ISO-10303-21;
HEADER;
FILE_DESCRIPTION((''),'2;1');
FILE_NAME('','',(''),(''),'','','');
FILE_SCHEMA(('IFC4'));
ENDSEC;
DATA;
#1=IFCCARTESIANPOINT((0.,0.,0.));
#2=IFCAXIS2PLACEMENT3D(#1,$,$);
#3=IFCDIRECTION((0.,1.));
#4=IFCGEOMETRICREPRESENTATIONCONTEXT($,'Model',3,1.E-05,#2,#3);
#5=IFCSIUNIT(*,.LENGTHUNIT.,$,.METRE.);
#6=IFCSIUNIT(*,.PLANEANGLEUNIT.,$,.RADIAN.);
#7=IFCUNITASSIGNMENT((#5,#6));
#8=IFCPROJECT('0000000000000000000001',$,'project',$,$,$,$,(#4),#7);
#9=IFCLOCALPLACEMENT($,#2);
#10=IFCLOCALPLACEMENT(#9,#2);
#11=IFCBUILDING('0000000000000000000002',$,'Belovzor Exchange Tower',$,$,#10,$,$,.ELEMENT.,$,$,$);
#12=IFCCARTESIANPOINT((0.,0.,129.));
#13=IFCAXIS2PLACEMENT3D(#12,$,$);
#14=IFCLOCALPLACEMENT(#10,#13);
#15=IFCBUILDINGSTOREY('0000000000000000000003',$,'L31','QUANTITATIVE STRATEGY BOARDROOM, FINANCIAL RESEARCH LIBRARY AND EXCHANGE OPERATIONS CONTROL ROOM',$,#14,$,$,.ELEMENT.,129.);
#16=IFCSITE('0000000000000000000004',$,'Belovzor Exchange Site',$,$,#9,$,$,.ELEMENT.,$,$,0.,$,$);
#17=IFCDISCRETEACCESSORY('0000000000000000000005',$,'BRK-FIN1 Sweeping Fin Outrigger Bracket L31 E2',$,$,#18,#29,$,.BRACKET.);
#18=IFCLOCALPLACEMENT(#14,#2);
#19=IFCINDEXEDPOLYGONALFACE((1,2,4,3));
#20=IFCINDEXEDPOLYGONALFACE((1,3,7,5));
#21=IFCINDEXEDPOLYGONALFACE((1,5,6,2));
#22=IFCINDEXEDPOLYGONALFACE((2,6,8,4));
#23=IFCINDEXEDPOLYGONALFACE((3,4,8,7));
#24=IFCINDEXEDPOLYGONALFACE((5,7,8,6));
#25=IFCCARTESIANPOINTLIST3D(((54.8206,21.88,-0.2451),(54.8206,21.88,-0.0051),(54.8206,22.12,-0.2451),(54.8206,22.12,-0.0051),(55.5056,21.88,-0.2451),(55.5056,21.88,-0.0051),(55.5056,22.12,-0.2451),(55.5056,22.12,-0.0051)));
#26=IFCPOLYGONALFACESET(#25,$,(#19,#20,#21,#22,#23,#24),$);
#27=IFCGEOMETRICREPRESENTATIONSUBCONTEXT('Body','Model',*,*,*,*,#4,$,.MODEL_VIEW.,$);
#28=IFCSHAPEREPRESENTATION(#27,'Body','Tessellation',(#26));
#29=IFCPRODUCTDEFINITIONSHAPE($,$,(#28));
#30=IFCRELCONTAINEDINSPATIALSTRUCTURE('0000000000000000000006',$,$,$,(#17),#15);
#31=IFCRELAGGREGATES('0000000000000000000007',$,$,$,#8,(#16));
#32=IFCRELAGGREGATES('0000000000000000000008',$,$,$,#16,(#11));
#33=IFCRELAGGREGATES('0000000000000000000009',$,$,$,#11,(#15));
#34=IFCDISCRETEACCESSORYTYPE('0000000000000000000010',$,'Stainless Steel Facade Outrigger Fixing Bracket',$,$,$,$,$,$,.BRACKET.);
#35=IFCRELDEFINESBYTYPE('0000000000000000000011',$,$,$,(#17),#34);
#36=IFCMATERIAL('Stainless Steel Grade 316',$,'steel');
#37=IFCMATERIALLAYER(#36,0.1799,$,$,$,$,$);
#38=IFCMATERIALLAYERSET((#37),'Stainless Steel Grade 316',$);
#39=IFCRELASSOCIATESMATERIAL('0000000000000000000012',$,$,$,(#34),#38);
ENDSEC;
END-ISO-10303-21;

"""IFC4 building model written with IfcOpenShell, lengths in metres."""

from ifc_helpers import new_model, si_unit, direction, frame, origin, origin_2d, place, context, subcontext, project, spatial, rectangle, extrude, material, layer, layer_set, type_object, element, save


model = new_model("IFC4")

# Units and contexts
model_context = context("Model", 3, precision=1e-05, world=origin(), true_north=direction((0.0, 1.0)))
body_context = subcontext(model_context, "Body", "Model", "MODEL_VIEW")
ifc_project = project(units=[si_unit("LENGTHUNIT", "METRE"), si_unit("PLANEANGLEUNIT", "RADIAN")], contexts=[model_context])

# Site, building, storey
site_placement = place(None, origin())
site = spatial("IfcSite", under=ifc_project, at=site_placement, Name="Belovzor Exchange Site", CompositionType="ELEMENT", RefElevation=0.0)
building_placement = place(site_placement, origin())
building = spatial("IfcBuilding", under=site, at=building_placement, Name="Belovzor Exchange Tower", CompositionType="ELEMENT")
storey_placement = place(building_placement, frame((0.0, 0.0, 129.0)))
storey = spatial("IfcBuildingStorey", under=building, at=storey_placement, Name="L31", Description="QUANTITATIVE STRATEGY BOARDROOM, FINANCIAL RESEARCH LIBRARY AND EXCHANGE OPERATIONS CONTROL ROOM", CompositionType="ELEMENT", Elevation=129.0)

# Discrete accessory
ifc_material_1 = material(Name="Stainless Steel Grade 316", Category="steel")
ifc_layer_1 = layer(ifc_material_1, 0.1799)
ifc_layer_set_1 = layer_set([ifc_layer_1], Name="Stainless Steel Grade 316")
discrete_accessory_type = type_object("IfcDiscreteAccessoryType", Name="Stainless Steel Facade Outrigger Fixing Bracket", PredefinedType="BRACKET", material=ifc_layer_set_1)
discrete_accessory_placement = place(storey_placement, frame((55.1631, 22.0, -0.2451), z_axis=(0.0, 0.0, 1.0), x_axis=(1.0, 0.0, 0.0)))
element("IfcDiscreteAccessory", 1, at=discrete_accessory_placement, inside=storey, type_object=discrete_accessory_type, Name="BRK-FIN1 Sweeping Fin Outrigger Bracket L31 E2", PredefinedType="BRACKET", context=body_context, shape_type="SweptSolid", body=[
    extrude(rectangle(XDim=0.6851, YDim=0.24, at=origin_2d()), origin(), (0.0, 0.0, 1.0), 0.24),
])

save(model, "model.ifc")
